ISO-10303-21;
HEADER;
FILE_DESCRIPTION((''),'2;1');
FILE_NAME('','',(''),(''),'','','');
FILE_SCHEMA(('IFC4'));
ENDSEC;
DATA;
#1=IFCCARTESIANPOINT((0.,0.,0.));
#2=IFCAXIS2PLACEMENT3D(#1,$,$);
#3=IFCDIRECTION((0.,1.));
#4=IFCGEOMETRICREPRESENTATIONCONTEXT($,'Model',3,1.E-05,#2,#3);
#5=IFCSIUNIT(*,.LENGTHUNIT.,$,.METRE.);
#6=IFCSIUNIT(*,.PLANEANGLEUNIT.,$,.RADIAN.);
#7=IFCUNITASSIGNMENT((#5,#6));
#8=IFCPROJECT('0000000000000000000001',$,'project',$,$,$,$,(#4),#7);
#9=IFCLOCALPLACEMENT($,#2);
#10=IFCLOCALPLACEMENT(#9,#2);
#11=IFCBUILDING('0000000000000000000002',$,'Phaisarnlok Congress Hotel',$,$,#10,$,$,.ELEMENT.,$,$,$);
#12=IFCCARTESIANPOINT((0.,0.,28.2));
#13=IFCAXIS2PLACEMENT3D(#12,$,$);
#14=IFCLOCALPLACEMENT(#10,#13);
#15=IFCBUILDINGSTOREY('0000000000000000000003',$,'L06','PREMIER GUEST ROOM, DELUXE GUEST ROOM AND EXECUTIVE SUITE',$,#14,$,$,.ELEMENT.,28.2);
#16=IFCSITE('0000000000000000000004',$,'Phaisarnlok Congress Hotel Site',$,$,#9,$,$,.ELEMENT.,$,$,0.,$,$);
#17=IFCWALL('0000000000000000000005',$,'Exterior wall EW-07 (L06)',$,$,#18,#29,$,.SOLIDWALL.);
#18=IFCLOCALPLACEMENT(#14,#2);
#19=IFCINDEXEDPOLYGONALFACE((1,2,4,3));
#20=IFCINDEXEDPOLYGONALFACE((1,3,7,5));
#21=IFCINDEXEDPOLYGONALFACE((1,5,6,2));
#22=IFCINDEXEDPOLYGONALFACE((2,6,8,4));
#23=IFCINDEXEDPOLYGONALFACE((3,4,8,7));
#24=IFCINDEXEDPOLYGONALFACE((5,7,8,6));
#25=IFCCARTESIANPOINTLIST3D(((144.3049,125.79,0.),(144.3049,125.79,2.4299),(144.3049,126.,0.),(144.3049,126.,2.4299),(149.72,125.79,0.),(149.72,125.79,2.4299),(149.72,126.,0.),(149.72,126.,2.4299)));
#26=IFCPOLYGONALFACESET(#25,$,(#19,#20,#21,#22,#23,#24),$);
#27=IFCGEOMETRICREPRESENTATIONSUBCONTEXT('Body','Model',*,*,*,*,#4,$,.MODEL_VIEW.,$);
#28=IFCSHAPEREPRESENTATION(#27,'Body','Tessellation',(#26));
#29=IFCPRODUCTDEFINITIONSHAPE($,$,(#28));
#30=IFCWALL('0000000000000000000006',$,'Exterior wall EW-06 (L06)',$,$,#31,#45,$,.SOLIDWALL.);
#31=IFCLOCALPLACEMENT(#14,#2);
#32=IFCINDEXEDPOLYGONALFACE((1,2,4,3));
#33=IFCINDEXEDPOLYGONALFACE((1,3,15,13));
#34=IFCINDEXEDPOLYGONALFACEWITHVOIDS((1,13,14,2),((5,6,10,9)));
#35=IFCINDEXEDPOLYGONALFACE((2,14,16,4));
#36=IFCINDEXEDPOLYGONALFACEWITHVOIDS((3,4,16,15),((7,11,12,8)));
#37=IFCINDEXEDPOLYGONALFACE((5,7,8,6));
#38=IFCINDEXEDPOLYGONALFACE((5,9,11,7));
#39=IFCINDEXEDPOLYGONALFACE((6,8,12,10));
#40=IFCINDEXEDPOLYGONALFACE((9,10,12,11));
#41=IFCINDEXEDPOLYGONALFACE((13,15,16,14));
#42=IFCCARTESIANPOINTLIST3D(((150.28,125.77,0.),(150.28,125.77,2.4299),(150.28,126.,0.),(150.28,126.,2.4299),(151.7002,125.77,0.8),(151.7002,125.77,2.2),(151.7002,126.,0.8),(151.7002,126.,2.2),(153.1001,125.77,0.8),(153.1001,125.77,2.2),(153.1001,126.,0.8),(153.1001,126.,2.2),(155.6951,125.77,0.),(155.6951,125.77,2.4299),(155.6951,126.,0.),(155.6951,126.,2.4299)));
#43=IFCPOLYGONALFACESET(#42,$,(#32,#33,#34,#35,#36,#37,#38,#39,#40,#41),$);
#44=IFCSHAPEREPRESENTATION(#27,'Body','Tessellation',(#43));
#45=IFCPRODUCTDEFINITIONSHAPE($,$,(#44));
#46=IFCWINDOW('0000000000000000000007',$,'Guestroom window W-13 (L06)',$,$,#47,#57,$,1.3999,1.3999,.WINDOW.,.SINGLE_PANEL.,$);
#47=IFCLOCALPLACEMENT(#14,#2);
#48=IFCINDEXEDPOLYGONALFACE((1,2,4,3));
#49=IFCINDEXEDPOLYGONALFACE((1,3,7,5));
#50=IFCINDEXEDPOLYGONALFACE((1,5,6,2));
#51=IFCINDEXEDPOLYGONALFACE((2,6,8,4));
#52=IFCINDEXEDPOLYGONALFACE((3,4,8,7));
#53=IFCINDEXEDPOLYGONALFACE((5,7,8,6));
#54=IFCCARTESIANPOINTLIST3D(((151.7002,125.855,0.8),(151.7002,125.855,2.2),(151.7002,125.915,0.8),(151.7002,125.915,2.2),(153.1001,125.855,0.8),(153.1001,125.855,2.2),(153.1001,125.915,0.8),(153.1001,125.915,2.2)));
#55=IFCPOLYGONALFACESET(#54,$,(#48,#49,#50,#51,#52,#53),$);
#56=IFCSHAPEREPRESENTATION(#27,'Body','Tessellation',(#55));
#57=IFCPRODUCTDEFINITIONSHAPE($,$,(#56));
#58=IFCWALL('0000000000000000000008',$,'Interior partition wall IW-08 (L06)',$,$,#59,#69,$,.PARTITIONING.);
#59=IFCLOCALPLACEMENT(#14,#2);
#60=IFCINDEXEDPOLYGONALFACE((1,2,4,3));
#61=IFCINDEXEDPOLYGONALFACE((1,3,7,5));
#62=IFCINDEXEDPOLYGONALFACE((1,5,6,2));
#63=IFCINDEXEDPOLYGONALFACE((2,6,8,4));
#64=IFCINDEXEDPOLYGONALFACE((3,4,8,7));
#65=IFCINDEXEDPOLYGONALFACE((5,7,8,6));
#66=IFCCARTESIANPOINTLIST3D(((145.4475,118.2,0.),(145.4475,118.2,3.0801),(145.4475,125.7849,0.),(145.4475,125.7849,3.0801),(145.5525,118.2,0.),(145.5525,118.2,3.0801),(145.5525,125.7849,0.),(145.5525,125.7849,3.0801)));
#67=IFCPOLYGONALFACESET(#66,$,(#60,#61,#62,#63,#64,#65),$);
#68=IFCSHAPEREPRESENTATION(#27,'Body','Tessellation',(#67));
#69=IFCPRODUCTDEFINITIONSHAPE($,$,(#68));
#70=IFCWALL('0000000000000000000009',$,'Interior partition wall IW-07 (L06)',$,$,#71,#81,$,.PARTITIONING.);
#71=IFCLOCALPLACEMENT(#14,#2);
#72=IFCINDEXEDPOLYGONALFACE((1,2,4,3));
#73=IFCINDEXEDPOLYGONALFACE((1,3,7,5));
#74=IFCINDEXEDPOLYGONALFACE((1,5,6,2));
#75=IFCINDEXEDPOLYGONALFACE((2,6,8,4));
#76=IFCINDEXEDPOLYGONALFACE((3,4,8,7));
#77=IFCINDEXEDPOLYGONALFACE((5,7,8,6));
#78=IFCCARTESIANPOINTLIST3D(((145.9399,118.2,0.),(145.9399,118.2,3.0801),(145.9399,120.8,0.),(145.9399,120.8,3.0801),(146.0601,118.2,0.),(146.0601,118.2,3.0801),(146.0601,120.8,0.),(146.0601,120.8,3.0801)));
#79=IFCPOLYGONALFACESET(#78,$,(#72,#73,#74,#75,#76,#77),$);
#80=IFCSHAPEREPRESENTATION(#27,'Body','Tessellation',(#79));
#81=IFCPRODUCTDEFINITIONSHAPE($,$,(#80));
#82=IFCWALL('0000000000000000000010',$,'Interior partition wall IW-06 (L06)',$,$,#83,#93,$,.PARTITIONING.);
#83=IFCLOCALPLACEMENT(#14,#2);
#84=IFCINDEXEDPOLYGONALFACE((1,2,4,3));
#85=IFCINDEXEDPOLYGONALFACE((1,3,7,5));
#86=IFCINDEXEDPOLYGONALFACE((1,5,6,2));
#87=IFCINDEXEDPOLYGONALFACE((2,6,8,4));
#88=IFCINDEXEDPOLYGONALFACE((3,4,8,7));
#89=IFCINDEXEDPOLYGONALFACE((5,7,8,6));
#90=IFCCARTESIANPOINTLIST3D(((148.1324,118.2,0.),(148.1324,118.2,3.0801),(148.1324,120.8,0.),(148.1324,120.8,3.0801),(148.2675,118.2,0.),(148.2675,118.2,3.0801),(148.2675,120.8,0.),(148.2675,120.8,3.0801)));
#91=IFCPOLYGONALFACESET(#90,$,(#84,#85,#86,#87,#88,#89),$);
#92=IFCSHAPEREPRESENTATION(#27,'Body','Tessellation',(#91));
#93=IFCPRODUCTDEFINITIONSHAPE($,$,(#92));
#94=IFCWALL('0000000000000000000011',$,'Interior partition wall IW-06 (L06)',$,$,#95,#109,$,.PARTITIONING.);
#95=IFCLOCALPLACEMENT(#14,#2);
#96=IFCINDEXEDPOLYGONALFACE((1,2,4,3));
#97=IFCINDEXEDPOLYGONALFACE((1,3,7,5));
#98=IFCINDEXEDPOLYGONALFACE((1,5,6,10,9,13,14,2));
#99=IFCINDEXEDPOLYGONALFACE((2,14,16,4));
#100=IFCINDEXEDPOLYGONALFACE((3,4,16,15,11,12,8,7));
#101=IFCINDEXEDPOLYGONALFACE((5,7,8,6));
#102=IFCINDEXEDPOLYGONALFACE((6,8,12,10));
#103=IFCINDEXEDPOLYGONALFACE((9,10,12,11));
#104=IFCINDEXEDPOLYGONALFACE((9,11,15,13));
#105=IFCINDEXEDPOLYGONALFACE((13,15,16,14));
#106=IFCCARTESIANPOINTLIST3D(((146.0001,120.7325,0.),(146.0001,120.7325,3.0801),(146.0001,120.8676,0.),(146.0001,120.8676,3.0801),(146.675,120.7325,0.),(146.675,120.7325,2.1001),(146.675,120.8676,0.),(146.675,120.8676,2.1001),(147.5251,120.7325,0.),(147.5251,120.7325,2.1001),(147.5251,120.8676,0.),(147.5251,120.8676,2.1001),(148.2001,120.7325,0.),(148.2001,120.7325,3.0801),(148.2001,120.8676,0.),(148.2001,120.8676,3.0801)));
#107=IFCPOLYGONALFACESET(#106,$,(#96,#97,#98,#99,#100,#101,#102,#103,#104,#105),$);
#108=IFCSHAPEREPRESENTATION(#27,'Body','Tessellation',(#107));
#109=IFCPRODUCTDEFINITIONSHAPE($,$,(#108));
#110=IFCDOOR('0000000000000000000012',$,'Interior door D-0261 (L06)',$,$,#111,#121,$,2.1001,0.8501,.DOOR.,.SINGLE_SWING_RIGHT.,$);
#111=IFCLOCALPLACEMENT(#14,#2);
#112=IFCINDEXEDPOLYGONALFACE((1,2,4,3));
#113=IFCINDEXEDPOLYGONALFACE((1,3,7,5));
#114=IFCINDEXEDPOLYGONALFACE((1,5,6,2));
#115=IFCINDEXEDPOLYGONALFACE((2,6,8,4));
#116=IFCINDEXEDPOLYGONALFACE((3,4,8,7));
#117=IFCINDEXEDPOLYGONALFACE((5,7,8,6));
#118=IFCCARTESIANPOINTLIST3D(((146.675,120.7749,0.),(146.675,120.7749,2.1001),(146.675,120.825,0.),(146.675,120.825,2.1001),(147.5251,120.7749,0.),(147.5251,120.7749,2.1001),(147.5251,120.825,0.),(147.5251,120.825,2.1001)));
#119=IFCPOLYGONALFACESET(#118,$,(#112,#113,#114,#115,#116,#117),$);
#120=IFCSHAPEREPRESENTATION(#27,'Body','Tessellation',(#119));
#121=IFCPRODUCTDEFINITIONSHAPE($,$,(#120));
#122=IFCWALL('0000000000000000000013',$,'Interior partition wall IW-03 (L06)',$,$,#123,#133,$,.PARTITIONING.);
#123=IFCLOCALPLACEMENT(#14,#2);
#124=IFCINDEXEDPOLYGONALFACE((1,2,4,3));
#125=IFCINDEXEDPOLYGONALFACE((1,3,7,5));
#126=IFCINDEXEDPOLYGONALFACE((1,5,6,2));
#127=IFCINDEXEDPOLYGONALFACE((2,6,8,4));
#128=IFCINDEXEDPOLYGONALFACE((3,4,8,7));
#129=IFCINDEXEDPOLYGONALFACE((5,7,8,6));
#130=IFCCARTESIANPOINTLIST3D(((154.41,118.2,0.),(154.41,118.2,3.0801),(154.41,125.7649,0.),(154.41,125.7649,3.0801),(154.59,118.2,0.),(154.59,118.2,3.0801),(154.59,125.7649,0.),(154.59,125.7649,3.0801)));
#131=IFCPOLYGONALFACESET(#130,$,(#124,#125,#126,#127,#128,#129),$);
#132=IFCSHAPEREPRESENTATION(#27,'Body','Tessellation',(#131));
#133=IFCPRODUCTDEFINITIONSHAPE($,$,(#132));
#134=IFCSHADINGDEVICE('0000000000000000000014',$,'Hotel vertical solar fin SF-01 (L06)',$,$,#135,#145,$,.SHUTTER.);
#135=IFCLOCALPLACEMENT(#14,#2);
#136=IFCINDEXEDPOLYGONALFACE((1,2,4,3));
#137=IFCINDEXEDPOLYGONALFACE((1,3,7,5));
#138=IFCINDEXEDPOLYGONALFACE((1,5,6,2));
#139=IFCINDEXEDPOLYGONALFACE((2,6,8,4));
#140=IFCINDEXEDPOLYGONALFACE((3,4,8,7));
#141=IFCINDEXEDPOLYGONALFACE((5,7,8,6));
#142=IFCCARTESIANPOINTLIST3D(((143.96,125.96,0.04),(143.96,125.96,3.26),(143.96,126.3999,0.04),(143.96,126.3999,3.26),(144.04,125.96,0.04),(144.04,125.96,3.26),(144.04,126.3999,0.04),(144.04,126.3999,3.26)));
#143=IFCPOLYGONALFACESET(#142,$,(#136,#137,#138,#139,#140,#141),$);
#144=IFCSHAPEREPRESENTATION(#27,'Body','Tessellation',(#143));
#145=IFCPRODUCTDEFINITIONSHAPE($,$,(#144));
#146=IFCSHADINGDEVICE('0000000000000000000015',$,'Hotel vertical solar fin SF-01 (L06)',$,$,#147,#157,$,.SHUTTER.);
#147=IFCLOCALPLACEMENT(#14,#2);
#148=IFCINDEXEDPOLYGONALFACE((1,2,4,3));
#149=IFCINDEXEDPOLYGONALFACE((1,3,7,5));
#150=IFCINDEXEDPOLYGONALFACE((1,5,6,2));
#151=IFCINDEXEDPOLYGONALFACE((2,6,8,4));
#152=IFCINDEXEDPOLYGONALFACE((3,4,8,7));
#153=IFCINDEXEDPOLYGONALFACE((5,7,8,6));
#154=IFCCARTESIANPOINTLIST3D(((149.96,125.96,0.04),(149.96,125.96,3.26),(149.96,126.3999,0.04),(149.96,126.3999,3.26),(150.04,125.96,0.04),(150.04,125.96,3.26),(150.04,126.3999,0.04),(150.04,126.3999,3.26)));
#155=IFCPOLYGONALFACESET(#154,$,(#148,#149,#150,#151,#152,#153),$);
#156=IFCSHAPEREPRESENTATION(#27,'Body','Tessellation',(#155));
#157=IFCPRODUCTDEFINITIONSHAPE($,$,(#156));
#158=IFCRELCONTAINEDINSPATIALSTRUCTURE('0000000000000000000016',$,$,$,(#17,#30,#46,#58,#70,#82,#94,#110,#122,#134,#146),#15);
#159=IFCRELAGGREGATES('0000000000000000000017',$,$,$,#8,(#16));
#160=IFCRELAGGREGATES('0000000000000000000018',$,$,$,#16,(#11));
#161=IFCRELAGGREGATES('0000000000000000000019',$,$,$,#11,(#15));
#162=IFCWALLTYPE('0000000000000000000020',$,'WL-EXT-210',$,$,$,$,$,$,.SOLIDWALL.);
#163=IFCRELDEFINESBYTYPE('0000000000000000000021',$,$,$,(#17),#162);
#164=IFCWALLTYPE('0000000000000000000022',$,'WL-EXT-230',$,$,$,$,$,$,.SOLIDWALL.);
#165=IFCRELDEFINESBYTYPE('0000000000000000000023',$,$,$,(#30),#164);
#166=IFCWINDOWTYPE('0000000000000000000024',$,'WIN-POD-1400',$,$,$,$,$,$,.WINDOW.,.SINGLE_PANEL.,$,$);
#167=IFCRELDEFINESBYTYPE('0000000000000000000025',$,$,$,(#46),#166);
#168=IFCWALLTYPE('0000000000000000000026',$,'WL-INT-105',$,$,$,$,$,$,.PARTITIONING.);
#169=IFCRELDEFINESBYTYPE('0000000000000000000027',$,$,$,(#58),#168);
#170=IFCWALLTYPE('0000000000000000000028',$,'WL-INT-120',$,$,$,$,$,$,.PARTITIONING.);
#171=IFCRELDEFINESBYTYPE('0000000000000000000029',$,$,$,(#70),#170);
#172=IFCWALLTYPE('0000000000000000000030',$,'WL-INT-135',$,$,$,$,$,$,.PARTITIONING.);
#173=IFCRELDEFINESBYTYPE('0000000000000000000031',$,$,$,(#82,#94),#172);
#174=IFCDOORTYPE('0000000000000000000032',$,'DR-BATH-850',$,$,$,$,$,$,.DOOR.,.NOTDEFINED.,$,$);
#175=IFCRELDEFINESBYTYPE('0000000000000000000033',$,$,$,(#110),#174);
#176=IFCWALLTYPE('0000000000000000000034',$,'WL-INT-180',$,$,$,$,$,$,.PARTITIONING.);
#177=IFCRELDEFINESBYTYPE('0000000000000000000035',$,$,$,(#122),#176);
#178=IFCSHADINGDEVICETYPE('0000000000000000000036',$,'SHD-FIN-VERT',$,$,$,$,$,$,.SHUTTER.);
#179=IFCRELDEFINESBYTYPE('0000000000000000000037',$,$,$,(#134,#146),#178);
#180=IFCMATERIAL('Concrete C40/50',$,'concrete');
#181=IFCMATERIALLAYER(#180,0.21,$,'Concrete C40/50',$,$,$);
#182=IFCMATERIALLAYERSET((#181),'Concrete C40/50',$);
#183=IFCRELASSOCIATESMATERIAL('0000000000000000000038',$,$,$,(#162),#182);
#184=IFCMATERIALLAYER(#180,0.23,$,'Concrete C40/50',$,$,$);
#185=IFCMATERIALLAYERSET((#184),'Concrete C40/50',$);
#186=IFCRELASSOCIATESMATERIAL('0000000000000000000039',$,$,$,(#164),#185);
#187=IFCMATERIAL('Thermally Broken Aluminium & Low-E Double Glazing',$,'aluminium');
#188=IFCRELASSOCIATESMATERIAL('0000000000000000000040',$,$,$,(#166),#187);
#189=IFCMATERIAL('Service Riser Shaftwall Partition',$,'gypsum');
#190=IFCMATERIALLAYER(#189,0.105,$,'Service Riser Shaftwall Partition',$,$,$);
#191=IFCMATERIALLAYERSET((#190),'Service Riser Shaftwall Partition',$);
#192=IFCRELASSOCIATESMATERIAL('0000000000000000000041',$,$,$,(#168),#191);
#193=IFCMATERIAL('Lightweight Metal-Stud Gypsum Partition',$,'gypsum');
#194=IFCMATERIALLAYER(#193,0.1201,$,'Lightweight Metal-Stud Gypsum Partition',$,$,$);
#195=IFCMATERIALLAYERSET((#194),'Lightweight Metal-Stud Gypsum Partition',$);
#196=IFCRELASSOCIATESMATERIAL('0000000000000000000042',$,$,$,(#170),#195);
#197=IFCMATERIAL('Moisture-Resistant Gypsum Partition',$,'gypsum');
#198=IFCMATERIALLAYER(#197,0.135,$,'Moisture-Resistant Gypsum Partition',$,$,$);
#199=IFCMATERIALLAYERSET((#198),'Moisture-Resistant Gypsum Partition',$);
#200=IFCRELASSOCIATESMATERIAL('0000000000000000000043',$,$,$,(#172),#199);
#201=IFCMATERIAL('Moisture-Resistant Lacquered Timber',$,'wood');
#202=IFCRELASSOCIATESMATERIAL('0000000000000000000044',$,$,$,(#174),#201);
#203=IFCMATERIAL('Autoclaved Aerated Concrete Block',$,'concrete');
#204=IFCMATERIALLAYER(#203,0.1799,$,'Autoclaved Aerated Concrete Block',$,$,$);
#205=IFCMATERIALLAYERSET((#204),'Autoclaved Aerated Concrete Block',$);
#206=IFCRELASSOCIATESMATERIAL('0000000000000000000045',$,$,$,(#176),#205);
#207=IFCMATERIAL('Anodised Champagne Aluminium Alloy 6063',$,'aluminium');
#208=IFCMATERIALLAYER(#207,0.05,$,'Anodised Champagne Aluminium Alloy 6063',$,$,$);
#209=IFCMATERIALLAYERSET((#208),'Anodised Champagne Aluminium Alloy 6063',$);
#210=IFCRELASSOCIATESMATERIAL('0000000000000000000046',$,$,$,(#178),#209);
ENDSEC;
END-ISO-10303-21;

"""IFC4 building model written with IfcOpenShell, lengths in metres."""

from ifc_helpers import new_model, si_unit, direction, frame, frame_2d, origin, origin_2d, place, context, subcontext, project, spatial, rectangle, extrude, material, layer, layer_set, type_object, element, fill, save


model = new_model("IFC4")

# Units and contexts
model_context = context("Model", 3, precision=1e-05, world=origin(), true_north=direction((0.0, 1.0)))
body_context = subcontext(model_context, "Body", "Model", "MODEL_VIEW")
ifc_project = project(units=[si_unit("LENGTHUNIT", "METRE"), si_unit("PLANEANGLEUNIT", "RADIAN")], contexts=[model_context])

# Site, building, storey
site_placement = place(None, origin())
site = spatial("IfcSite", under=ifc_project, at=site_placement, Name="Phaisarnlok Congress Hotel Site", CompositionType="ELEMENT", RefElevation=0.0)
building_placement = place(site_placement, origin())
building = spatial("IfcBuilding", under=site, at=building_placement, Name="Phaisarnlok Congress Hotel", CompositionType="ELEMENT")
storey_placement = place(building_placement, frame((0.0, 0.0, 28.2)))
storey = spatial("IfcBuildingStorey", under=building, at=storey_placement, Name="L06", Description="PREMIER GUEST ROOM, DELUXE GUEST ROOM AND EXECUTIVE SUITE", CompositionType="ELEMENT", Elevation=28.2)

# Shared definitions
ifc_material_1 = material(Name="Concrete C40/50", Category="concrete")

# Wall
ifc_layer_1 = layer(ifc_material_1, 0.21, Name="Concrete C40/50")
ifc_layer_set_1 = layer_set([ifc_layer_1], Name="Concrete C40/50")
wall_type_1 = type_object("IfcWallType", Name="WL-EXT-210", PredefinedType="SOLIDWALL", material=ifc_layer_set_1)
wall_1_placement = place(storey_placement, frame((149.72, 125.895, 0.0), z_axis=(0.0, 0.0, 1.0), x_axis=(-1.0, 0.0, 0.0)))
element("IfcWall", 1, at=wall_1_placement, inside=storey, type_object=wall_type_1, Name="Exterior wall EW-07 (L06)", PredefinedType="SOLIDWALL", context=body_context, shape_type="SweptSolid", body=[
    extrude(rectangle(XDim=5.415, YDim=0.21, at=frame_2d((2.7075, 0.0))), origin(), (0.0, 0.0, 1.0), 2.4299),
])

# Wall, opening, window
ifc_layer_2 = layer(ifc_material_1, 0.23, Name="Concrete C40/50")
ifc_layer_set_2 = layer_set([ifc_layer_2], Name="Concrete C40/50")
wall_type_2 = type_object("IfcWallType", Name="WL-EXT-230", PredefinedType="SOLIDWALL", material=ifc_layer_set_2)
wall_2_placement = place(storey_placement, frame((155.6951, 125.885, 0.0), z_axis=(0.0, 0.0, 1.0), x_axis=(-1.0, 0.0, 0.0)))
wall_2 = element("IfcWall", 2, at=wall_2_placement, inside=storey, type_object=wall_type_2, Name="Exterior wall EW-06 (L06)", PredefinedType="SOLIDWALL", context=body_context, shape_type="SweptSolid", body=[
    extrude(rectangle(XDim=5.415, YDim=0.23, at=frame_2d((2.7075, 0.0))), origin(), (0.0, 0.0, 1.0), 2.4299),
])
opening_1_placement = place(wall_2_placement, frame((2.595, 0.0, 0.8)))
opening_1 = element("IfcOpeningElement", 3, at=opening_1_placement, cuts=wall_2, PredefinedType="OPENING", context=body_context, shape_type="SweptSolid", body=[
    extrude(rectangle(XDim=1.3999, YDim=1.3999, at=frame_2d((0.7, 0.7))), frame((0.0, 0.125, 0.0), z_axis=(0.0, -1.0, 0.0), x_axis=(1.0, 0.0, 0.0)), (0.0, 0.0, 1.0), 0.25),
])
ifc_material_2 = material(Name="Thermally Broken Aluminium & Low-E Double Glazing", Category="aluminium")
window_type = type_object("IfcWindowType", Name="WIN-POD-1400", PartitioningType="SINGLE_PANEL", PredefinedType="WINDOW", material=ifc_material_2)
window_placement = place(opening_1_placement, origin())
window = element("IfcWindow", 4, at=window_placement, inside=storey, type_object=window_type, Name="Guestroom window W-13 (L06)", OverallHeight=1.3999, OverallWidth=1.3999, PartitioningType="SINGLE_PANEL", PredefinedType="WINDOW", context=body_context, shape_type="SweptSolid", body=[
    extrude(rectangle(XDim=1.3999, YDim=1.3999, at=frame_2d((0.7, 0.7))), frame((0.0, 0.03, 0.0), z_axis=(0.0, -1.0, 0.0), x_axis=(1.0, 0.0, 0.0)), (0.0, 0.0, 1.0), 0.0601),
])
fill(opening_1, window)

# Walls
ifc_material_3 = material(Name="Service Riser Shaftwall Partition", Category="gypsum")
ifc_layer_3 = layer(ifc_material_3, 0.105, Name="Service Riser Shaftwall Partition")
ifc_layer_set_3 = layer_set([ifc_layer_3], Name="Service Riser Shaftwall Partition")
wall_type_3 = type_object("IfcWallType", Name="WL-INT-105", PredefinedType="PARTITIONING", material=ifc_layer_set_3)
wall_3_placement = place(storey_placement, frame((145.5, 118.2, 0.0), z_axis=(0.0, 0.0, 1.0), x_axis=(0.0, 1.0, 0.0)))
element("IfcWall", 5, at=wall_3_placement, inside=storey, type_object=wall_type_3, Name="Interior partition wall IW-08 (L06)", PredefinedType="PARTITIONING", context=body_context, shape_type="SweptSolid", body=[
    extrude(rectangle(XDim=7.585, YDim=0.105, at=frame_2d((3.7925, 0.0))), origin(), (0.0, 0.0, 1.0), 3.0801),
])
ifc_material_4 = material(Name="Lightweight Metal-Stud Gypsum Partition", Category="gypsum")
ifc_layer_4 = layer(ifc_material_4, 0.1201, Name="Lightweight Metal-Stud Gypsum Partition")
ifc_layer_set_4 = layer_set([ifc_layer_4], Name="Lightweight Metal-Stud Gypsum Partition")
wall_type_4 = type_object("IfcWallType", Name="WL-INT-120", PredefinedType="PARTITIONING", material=ifc_layer_set_4)
wall_4_placement = place(storey_placement, frame((146.0, 118.2, 0.0), z_axis=(0.0, 0.0, 1.0), x_axis=(0.0, 1.0, 0.0)))
element("IfcWall", 6, at=wall_4_placement, inside=storey, type_object=wall_type_4, Name="Interior partition wall IW-07 (L06)", PredefinedType="PARTITIONING", context=body_context, shape_type="SweptSolid", body=[
    extrude(rectangle(XDim=2.6001, YDim=0.1201, at=frame_2d((1.3, 0.0))), origin(), (0.0, 0.0, 1.0), 3.0801),
])
ifc_material_5 = material(Name="Moisture-Resistant Gypsum Partition", Category="gypsum")
ifc_layer_5 = layer(ifc_material_5, 0.135, Name="Moisture-Resistant Gypsum Partition")
ifc_layer_set_5 = layer_set([ifc_layer_5], Name="Moisture-Resistant Gypsum Partition")
wall_type_5 = type_object("IfcWallType", Name="WL-INT-135", PredefinedType="PARTITIONING", material=ifc_layer_set_5)
wall_5_placement = place(storey_placement, frame((148.2, 118.2, 0.0), z_axis=(0.0, 0.0, 1.0), x_axis=(0.0, 1.0, 0.0)))
element("IfcWall", 7, at=wall_5_placement, inside=storey, type_object=wall_type_5, Name="Interior partition wall IW-06 (L06)", PredefinedType="PARTITIONING", context=body_context, shape_type="SweptSolid", body=[
    extrude(rectangle(XDim=2.6001, YDim=0.135, at=frame_2d((1.3, 0.0))), origin(), (0.0, 0.0, 1.0), 3.0801),
])

# Wall, opening, door
wall_6_placement = place(storey_placement, frame((146.0, 120.8, 0.0), z_axis=(0.0, 0.0, 1.0), x_axis=(1.0, 0.0, 0.0)))
wall_6 = element("IfcWall", 8, at=wall_6_placement, inside=storey, type_object=wall_type_5, Name="Interior partition wall IW-06 (L06)", PredefinedType="PARTITIONING", context=body_context, shape_type="SweptSolid", body=[
    extrude(rectangle(XDim=2.2, YDim=0.135, at=frame_2d((1.1001, 0.0))), origin(), (0.0, 0.0, 1.0), 3.0801),
])
opening_2_placement = place(wall_6_placement, frame((0.675, 0.0, 0.0)))
opening_2 = element("IfcOpeningElement", 9, at=opening_2_placement, cuts=wall_6, PredefinedType="OPENING", context=body_context, shape_type="SweptSolid", body=[
    extrude(rectangle(XDim=0.8501, YDim=2.1001, at=frame_2d((0.425, 1.05))), frame((0.0, 0.0776, 0.0), z_axis=(0.0, -1.0, 0.0), x_axis=(1.0, 0.0, 0.0)), (0.0, 0.0, 1.0), 0.155),
])
ifc_material_6 = material(Name="Moisture-Resistant Lacquered Timber", Category="wood")
door_type = type_object("IfcDoorType", Name="DR-BATH-850", OperationType="NOTDEFINED", PredefinedType="DOOR", material=ifc_material_6)
door_placement = place(opening_2_placement, origin())
door = element("IfcDoor", 10, at=door_placement, inside=storey, type_object=door_type, Name="Interior door D-0261 (L06)", OperationType="SINGLE_SWING_RIGHT", OverallHeight=2.1001, OverallWidth=0.8501, PredefinedType="DOOR", context=body_context, shape_type="SweptSolid", body=[
    extrude(rectangle(XDim=0.8501, YDim=2.1001, at=frame_2d((0.425, 1.05))), frame((0.0, 0.0249, 0.0), z_axis=(0.0, -1.0, 0.0), x_axis=(1.0, 0.0, 0.0)), (0.0, 0.0, 1.0), 0.05),
])
fill(opening_2, door)

# Wall
ifc_material_7 = material(Name="Autoclaved Aerated Concrete Block", Category="concrete")
ifc_layer_6 = layer(ifc_material_7, 0.1799, Name="Autoclaved Aerated Concrete Block")
ifc_layer_set_6 = layer_set([ifc_layer_6], Name="Autoclaved Aerated Concrete Block")
wall_type_6 = type_object("IfcWallType", Name="WL-INT-180", PredefinedType="PARTITIONING", material=ifc_layer_set_6)
wall_7_placement = place(storey_placement, frame((154.5, 118.2, 0.0), z_axis=(0.0, 0.0, 1.0), x_axis=(0.0, 1.0, 0.0)))
element("IfcWall", 11, at=wall_7_placement, inside=storey, type_object=wall_type_6, Name="Interior partition wall IW-03 (L06)", PredefinedType="PARTITIONING", context=body_context, shape_type="SweptSolid", body=[
    extrude(rectangle(XDim=7.5649, YDim=0.1799, at=frame_2d((3.7825, 0.0))), origin(), (0.0, 0.0, 1.0), 3.0801),
])

# Shading devices
ifc_material_8 = material(Name="Anodised Champagne Aluminium Alloy 6063", Category="aluminium")
ifc_layer_7 = layer(ifc_material_8, 0.05, Name="Anodised Champagne Aluminium Alloy 6063")
ifc_layer_set_7 = layer_set([ifc_layer_7], Name="Anodised Champagne Aluminium Alloy 6063")
shading_device_type = type_object("IfcShadingDeviceType", Name="SHD-FIN-VERT", PredefinedType="SHUTTER", material=ifc_layer_set_7)
for number, where, z_axis, x_axis, name in (
    (12, (144.0, 126.1799, 0.04), (0.0, 0.0, 1.0), (1.0, 0.0, 0.0), "Hotel vertical solar fin SF-01 (L06)"),
    (13, (150.0, 126.1799, 0.04), (0.0, 0.0, 1.0), (1.0, 0.0, 0.0), "Hotel vertical solar fin SF-01 (L06)"),
):
    element("IfcShadingDevice", number, at=place(storey_placement, frame(where, z_axis=z_axis, x_axis=x_axis)), inside=storey, type_object=shading_device_type, Name=name, PredefinedType="SHUTTER", context=body_context, shape_type="SweptSolid", body=[
        extrude(rectangle(XDim=0.0801, YDim=0.4399, at=origin_2d()), origin(), (0.0, 0.0, 1.0), 3.22),
    ])

save(model, "model.ifc")
